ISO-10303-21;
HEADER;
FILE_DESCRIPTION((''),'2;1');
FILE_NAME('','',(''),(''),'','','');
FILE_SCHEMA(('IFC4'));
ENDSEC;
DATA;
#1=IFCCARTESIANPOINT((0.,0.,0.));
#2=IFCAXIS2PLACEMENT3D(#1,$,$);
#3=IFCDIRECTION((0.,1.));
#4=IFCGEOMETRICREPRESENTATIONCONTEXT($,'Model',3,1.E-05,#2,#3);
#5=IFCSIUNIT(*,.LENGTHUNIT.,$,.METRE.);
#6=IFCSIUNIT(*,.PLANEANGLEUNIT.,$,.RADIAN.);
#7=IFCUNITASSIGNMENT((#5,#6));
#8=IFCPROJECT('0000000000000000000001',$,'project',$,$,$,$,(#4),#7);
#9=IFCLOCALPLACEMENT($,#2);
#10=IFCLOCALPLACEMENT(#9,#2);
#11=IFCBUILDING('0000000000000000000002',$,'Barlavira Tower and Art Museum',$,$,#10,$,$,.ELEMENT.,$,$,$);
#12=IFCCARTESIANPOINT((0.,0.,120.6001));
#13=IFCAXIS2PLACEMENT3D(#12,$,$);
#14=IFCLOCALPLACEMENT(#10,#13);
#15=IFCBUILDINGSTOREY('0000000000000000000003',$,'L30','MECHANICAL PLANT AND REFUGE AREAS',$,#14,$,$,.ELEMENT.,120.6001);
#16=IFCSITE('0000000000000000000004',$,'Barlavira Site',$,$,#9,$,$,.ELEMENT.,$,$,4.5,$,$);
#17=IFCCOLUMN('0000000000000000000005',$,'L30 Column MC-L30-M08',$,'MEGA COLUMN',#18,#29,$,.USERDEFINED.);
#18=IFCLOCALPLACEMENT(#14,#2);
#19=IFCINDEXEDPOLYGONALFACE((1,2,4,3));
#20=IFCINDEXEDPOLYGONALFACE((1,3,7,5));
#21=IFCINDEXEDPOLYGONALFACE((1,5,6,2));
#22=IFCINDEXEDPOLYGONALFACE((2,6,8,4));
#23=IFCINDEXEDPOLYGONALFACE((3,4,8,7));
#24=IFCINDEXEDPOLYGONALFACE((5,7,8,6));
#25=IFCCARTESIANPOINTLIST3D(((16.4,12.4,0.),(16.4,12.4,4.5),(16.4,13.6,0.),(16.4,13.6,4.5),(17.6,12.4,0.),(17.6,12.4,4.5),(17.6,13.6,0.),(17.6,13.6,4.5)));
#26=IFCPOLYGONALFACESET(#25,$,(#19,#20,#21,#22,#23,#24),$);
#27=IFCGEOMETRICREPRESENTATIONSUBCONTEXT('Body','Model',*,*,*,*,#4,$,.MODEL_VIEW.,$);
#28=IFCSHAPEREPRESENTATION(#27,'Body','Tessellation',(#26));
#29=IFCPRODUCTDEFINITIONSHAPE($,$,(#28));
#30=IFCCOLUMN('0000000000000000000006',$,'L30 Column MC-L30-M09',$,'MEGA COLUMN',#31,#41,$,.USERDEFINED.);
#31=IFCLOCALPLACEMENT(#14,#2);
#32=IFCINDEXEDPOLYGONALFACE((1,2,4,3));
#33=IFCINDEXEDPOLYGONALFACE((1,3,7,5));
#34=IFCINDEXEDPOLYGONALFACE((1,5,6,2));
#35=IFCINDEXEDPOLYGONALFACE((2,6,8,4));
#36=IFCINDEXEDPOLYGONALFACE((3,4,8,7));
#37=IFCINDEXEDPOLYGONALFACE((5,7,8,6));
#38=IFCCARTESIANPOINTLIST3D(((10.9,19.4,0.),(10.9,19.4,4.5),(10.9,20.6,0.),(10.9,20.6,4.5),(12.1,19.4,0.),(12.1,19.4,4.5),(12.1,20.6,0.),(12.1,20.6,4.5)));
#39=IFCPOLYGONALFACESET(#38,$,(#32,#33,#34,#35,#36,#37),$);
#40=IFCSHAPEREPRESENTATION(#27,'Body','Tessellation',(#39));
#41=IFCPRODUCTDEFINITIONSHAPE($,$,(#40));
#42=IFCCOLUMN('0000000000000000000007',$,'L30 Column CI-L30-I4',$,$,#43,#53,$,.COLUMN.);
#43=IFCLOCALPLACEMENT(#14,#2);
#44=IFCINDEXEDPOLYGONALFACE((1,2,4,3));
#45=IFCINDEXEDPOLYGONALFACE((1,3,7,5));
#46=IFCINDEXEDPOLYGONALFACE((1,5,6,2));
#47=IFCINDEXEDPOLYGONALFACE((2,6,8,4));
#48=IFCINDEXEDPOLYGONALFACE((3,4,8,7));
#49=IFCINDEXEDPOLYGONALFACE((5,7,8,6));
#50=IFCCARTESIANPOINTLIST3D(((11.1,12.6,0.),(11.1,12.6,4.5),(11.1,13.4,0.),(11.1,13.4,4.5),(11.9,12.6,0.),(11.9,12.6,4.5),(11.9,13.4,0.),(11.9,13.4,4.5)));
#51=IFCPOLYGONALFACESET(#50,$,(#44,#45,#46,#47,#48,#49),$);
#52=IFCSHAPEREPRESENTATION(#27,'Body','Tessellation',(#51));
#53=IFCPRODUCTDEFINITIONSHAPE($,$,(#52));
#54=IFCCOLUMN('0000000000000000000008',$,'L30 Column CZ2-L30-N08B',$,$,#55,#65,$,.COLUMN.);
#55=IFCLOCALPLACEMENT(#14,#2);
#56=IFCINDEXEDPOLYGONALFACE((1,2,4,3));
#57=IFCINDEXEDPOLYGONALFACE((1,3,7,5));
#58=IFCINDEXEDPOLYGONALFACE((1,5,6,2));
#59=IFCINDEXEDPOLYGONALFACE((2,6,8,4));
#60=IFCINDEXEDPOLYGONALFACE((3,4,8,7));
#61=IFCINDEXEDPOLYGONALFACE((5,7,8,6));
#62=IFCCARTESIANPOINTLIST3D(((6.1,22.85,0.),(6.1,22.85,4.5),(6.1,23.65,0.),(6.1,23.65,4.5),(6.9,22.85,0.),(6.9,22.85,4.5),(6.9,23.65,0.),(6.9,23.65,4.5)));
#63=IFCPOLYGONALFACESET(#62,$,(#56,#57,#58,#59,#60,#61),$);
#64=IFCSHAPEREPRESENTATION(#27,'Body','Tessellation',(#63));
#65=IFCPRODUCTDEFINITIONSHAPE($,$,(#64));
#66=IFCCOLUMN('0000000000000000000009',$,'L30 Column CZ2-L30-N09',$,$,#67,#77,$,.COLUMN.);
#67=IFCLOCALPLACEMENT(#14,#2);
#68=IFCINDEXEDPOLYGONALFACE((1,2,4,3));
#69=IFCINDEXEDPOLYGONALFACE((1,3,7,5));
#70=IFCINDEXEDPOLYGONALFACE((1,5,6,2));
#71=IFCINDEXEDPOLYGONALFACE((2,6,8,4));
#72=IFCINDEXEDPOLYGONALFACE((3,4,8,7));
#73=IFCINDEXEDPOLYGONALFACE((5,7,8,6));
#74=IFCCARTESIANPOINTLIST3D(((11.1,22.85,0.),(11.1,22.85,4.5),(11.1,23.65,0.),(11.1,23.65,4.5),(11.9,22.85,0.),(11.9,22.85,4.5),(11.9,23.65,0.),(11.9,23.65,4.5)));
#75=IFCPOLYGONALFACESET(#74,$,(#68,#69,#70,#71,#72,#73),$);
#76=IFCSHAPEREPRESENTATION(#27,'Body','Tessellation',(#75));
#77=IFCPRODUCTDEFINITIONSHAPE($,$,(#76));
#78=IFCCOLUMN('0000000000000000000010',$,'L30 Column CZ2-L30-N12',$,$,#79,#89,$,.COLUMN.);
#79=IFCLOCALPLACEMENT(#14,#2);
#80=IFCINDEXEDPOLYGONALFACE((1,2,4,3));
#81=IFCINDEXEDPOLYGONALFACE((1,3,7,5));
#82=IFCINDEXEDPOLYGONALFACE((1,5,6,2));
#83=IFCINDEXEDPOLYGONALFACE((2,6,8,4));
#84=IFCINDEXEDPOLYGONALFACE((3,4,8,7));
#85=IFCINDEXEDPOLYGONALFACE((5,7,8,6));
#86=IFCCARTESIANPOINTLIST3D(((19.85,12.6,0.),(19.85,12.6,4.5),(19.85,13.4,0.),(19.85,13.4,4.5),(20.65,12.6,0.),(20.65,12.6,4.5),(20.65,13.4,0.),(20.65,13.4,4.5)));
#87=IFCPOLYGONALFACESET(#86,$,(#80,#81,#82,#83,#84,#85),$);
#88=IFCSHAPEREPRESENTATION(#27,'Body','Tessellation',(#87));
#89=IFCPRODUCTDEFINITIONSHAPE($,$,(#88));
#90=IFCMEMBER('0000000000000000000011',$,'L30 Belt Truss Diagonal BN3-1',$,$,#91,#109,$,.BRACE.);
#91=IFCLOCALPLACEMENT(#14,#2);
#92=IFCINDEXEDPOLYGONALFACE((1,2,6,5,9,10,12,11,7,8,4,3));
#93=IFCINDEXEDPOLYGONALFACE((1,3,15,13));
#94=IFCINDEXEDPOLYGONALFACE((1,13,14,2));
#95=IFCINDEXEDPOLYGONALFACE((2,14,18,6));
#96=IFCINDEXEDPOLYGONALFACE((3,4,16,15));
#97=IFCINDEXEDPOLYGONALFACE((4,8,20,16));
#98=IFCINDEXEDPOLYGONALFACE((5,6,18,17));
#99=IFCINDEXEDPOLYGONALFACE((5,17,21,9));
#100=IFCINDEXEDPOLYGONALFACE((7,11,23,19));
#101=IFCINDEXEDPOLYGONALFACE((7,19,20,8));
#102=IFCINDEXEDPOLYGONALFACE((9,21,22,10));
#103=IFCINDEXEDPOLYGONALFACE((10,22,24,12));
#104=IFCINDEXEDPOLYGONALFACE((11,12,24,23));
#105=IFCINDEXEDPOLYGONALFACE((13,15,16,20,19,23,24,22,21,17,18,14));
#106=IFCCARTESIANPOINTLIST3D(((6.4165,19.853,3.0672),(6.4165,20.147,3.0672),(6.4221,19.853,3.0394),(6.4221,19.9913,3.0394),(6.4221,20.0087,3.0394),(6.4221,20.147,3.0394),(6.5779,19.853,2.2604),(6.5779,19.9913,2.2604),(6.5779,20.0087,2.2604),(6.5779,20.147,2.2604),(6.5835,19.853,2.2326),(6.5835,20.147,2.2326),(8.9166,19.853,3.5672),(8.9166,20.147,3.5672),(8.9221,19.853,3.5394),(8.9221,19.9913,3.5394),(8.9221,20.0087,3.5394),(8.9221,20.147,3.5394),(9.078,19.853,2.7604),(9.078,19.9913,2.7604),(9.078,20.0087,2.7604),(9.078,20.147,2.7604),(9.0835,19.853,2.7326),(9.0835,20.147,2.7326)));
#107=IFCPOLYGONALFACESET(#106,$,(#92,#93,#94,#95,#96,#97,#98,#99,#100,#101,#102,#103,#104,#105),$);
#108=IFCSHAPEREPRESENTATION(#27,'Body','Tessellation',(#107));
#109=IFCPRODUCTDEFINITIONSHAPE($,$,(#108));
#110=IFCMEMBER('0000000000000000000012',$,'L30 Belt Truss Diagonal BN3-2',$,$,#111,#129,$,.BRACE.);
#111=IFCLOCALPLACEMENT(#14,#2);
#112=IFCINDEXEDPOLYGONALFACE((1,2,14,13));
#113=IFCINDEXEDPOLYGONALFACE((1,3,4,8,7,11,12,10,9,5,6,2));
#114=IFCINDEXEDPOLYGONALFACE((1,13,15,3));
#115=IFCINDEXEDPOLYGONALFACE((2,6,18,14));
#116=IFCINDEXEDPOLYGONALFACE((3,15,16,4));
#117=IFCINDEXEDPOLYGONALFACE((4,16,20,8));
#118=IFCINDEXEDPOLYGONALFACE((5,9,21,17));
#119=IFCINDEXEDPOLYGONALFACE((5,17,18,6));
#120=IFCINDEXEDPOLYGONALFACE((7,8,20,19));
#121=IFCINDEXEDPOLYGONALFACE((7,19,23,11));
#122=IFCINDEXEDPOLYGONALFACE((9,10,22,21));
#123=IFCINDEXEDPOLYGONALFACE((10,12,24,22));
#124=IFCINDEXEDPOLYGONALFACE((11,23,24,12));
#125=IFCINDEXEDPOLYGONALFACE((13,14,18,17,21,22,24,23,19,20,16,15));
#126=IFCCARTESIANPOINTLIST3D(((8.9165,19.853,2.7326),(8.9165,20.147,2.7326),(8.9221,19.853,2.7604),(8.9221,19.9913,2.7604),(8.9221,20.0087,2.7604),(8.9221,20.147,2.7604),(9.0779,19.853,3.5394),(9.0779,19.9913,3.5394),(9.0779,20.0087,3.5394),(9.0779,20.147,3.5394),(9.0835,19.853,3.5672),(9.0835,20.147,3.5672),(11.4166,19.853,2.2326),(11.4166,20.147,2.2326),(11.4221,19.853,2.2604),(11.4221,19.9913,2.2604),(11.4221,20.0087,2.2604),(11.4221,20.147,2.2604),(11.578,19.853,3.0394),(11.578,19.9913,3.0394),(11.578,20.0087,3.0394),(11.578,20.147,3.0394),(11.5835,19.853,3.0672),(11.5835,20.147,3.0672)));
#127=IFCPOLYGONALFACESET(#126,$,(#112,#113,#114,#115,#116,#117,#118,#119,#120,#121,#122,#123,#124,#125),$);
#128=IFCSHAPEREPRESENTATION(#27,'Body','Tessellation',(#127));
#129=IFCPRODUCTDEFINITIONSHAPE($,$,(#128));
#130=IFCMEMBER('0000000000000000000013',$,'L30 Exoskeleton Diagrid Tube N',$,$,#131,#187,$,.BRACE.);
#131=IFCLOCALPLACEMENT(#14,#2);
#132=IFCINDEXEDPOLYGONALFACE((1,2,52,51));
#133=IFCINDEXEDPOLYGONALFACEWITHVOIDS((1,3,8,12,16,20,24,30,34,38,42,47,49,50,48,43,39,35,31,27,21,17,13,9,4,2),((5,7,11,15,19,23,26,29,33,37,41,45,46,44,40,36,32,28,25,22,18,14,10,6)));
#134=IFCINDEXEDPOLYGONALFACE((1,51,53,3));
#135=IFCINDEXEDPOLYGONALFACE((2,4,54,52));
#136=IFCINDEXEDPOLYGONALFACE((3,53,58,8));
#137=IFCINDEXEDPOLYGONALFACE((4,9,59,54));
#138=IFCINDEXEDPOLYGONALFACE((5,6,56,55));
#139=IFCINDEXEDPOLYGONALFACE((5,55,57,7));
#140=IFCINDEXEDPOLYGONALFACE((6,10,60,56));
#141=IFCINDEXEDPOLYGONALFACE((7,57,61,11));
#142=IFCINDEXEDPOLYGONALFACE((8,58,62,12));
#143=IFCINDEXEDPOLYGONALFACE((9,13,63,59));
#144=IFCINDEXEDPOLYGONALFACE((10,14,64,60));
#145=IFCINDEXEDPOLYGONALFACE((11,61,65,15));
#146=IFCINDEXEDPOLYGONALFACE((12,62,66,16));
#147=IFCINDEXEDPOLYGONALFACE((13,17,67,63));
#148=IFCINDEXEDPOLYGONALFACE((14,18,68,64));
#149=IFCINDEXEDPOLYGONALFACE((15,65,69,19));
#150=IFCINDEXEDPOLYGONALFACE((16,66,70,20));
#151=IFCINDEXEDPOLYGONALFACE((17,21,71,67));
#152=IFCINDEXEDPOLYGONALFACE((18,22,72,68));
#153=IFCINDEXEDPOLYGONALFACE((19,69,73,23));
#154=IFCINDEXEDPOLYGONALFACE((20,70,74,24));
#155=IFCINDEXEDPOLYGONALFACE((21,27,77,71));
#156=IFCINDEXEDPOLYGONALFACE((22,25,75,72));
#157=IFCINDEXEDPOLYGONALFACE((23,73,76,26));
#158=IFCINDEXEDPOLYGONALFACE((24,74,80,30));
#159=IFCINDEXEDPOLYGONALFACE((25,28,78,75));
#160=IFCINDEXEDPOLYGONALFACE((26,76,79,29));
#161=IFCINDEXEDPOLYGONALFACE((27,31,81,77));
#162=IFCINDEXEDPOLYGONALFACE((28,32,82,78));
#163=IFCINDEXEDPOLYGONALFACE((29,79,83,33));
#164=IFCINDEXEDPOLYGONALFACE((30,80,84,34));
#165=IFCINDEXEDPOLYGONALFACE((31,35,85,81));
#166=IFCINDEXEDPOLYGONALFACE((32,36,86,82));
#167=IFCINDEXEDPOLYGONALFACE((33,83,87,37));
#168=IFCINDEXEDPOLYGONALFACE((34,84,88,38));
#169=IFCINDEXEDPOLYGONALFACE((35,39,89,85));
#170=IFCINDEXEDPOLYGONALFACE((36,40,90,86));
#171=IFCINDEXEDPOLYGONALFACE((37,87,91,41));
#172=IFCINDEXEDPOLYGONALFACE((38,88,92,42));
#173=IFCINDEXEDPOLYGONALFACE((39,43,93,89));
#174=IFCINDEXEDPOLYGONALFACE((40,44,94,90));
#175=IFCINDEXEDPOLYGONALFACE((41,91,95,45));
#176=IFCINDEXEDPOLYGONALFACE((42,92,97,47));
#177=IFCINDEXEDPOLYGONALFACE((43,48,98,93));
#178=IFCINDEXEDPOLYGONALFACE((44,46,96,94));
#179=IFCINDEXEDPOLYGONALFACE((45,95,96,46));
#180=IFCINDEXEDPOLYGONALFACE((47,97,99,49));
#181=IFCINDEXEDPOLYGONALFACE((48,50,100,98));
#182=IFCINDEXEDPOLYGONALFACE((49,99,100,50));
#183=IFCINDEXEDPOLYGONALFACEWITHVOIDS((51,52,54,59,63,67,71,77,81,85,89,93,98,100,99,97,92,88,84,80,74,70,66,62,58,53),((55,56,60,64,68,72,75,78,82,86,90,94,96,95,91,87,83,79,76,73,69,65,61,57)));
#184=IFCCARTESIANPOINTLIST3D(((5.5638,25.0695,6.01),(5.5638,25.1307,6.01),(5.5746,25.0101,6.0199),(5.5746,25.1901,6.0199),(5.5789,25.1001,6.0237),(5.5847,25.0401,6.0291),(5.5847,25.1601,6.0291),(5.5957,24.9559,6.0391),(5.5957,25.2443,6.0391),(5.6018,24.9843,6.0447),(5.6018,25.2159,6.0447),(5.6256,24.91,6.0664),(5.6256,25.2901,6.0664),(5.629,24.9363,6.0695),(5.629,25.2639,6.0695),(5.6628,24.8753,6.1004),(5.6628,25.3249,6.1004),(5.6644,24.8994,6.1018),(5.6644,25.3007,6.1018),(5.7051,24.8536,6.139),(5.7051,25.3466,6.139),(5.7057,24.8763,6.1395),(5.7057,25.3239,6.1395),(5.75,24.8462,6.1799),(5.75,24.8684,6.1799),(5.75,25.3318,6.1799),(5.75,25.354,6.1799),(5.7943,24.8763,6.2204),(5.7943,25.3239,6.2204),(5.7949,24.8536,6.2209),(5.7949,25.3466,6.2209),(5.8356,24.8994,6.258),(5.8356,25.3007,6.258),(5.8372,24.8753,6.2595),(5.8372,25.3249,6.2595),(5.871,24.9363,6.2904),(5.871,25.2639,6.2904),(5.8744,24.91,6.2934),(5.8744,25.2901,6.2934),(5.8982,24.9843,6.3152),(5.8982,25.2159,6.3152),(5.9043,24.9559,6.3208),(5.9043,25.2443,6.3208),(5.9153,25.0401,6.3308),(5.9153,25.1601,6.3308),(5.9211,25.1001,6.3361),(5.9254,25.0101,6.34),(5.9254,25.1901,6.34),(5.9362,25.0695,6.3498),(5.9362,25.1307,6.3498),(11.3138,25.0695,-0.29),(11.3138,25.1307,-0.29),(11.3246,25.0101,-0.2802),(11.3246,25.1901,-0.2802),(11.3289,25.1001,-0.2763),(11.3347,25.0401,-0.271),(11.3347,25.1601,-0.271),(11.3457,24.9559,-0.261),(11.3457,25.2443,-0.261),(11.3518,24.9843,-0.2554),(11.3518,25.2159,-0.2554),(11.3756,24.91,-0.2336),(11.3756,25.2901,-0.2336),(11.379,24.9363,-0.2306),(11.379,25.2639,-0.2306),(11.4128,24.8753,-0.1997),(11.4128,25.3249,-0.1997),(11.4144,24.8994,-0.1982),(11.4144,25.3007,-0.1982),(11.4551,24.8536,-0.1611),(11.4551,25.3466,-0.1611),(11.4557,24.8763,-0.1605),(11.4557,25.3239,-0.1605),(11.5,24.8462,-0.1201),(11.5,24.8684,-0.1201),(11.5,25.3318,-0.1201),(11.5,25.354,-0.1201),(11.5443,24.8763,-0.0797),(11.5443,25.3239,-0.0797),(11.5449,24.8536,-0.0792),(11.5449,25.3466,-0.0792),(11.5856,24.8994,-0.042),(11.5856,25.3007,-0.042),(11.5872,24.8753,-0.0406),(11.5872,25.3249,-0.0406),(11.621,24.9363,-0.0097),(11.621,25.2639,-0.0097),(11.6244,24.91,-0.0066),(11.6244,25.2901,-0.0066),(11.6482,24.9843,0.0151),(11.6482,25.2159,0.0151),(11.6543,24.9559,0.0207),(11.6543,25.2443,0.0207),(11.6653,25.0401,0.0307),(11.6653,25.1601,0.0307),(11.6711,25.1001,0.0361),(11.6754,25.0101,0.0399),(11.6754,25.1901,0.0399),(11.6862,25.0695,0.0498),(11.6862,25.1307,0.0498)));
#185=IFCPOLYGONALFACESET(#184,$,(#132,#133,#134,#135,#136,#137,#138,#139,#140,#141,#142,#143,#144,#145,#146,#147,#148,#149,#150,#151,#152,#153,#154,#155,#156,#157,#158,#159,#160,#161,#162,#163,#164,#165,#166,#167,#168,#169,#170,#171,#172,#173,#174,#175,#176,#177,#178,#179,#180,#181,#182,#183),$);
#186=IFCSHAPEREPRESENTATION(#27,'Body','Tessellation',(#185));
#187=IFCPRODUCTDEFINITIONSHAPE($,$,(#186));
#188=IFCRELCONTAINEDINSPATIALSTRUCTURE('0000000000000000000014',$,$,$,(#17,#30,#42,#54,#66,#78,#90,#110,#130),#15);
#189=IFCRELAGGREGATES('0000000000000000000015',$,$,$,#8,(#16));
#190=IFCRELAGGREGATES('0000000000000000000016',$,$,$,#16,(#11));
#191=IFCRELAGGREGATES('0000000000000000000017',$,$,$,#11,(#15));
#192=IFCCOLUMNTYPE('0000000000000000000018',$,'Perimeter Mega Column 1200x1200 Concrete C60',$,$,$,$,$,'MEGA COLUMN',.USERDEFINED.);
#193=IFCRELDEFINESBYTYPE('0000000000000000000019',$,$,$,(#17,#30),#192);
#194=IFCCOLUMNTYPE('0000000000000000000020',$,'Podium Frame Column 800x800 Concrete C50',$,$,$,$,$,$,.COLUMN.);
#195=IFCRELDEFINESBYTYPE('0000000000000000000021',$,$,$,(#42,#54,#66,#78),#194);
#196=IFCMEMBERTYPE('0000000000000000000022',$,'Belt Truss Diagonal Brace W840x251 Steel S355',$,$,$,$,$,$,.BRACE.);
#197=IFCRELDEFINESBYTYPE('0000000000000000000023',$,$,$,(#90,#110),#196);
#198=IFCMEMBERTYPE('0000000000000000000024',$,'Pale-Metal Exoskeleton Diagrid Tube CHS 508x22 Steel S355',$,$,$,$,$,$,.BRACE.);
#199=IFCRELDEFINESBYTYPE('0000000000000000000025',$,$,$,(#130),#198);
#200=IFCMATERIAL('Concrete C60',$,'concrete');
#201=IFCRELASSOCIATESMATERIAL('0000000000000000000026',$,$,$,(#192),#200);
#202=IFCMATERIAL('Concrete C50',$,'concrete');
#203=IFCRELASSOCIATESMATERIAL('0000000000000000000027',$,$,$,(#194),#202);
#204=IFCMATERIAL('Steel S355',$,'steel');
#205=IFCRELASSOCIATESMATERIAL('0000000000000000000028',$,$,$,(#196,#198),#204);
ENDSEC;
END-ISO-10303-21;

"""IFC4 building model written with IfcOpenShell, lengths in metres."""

from ifc_helpers import new_model, si_unit, direction, frame, origin, origin_2d, place, context, subcontext, project, spatial, rectangle, hollow_circle, i_section, extrude, material, material_profile, profile_set, type_object, element, save


model = new_model("IFC4")

# Units and contexts
model_context = context("Model", 3, precision=1e-05, world=origin(), true_north=direction((0.0, 1.0)))
body_context = subcontext(model_context, "Body", "Model", "MODEL_VIEW")
ifc_project = project(units=[si_unit("LENGTHUNIT", "METRE"), si_unit("PLANEANGLEUNIT", "RADIAN")], contexts=[model_context])

# Site, building, storey
site_placement = place(None, origin())
site = spatial("IfcSite", under=ifc_project, at=site_placement, Name="Barlavira Site", CompositionType="ELEMENT", RefElevation=4.5)
building_placement = place(site_placement, origin())
building = spatial("IfcBuilding", under=site, at=building_placement, Name="Barlavira Tower and Art Museum", CompositionType="ELEMENT")
storey_placement = place(building_placement, frame((0.0, 0.0, 120.6001)))
storey = spatial("IfcBuildingStorey", under=building, at=storey_placement, Name="L30", Description="MECHANICAL PLANT AND REFUGE AREAS", CompositionType="ELEMENT", Elevation=120.6001)

# Columns
ifc_material_1 = material(Name="Concrete C60", Category="concrete")
ifc_material_profile_1 = material_profile(ifc_material_1, rectangle(XDim=1.2, YDim=1.2, at=origin_2d()), Name="RC-COL 1200x1200")
ifc_profile_set_1 = profile_set([ifc_material_profile_1], Name="Concrete C60")
column_type_1 = type_object("IfcColumnType", Name="Perimeter Mega Column 1200x1200 Concrete C60", ElementType="MEGA COLUMN", PredefinedType="USERDEFINED", material=ifc_profile_set_1)
for number, where, z_axis, x_axis, name in (
    (1, (17.0, 13.0, 0.0), (0.0, 0.0, 1.0), (1.0, 0.0, 0.0), "L30 Column MC-L30-M08"),
    (2, (11.5, 20.0, 0.0), (0.0, 0.0, 1.0), (1.0, 0.0, 0.0), "L30 Column MC-L30-M09"),
):
    element("IfcColumn", number, at=place(storey_placement, frame(where, z_axis=z_axis, x_axis=x_axis)), inside=storey, type_object=column_type_1, Name=name, ObjectType="MEGA COLUMN", PredefinedType="USERDEFINED", context=body_context, shape_type="SweptSolid", body=[
        extrude(rectangle(XDim=1.2, YDim=1.2, at=origin_2d()), origin(), (0.0, 0.0, 1.0), 4.5),
    ])
ifc_material_2 = material(Name="Concrete C50", Category="concrete")
ifc_material_profile_2 = material_profile(ifc_material_2, rectangle(XDim=0.8, YDim=0.8, at=origin_2d()), Name="RC-COL 800x800")
ifc_profile_set_2 = profile_set([ifc_material_profile_2], Name="Concrete C50")
column_type_2 = type_object("IfcColumnType", Name="Podium Frame Column 800x800 Concrete C50", PredefinedType="COLUMN", material=ifc_profile_set_2)
for number, where, z_axis, x_axis, name in (
    (3, (11.5, 13.0, 0.0), (0.0, 0.0, 1.0), (1.0, 0.0, 0.0), "L30 Column CI-L30-I4"),
    (4, (6.5, 23.25, 0.0), (0.0, 0.0, 1.0), (1.0, 0.0, 0.0), "L30 Column CZ2-L30-N08B"),
    (5, (11.5, 23.25, 0.0), (0.0, 0.0, 1.0), (1.0, 0.0, 0.0), "L30 Column CZ2-L30-N09"),
    (6, (20.25, 13.0, 0.0), (0.0, 0.0, 1.0), (1.0, 0.0, 0.0), "L30 Column CZ2-L30-N12"),
):
    element("IfcColumn", number, at=place(storey_placement, frame(where, z_axis=z_axis, x_axis=x_axis)), inside=storey, type_object=column_type_2, Name=name, PredefinedType="COLUMN", context=body_context, shape_type="SweptSolid", body=[
        extrude(rectangle(XDim=0.8, YDim=0.8, at=origin_2d()), origin(), (0.0, 0.0, 1.0), 4.5),
    ])

# Members
ifc_material_3 = material(Name="Steel S355", Category="steel")
ifc_material_profile_3 = material_profile(ifc_material_3, i_section(OverallWidth=0.2939, OverallDepth=0.8511, WebThickness=0.0173, FlangeThickness=0.0283, at=origin_2d()), Name="W840x251.0")
ifc_profile_set_3 = profile_set([ifc_material_profile_3], Name="Steel S355")
member_type_1 = type_object("IfcMemberType", Name="Belt Truss Diagonal Brace W840x251 Steel S355", PredefinedType="BRACE", material=ifc_profile_set_3)
for number, where, z_axis, x_axis, name in (
    (7, (6.5, 20.0, 2.6499), (0.980581, 0.0, 0.196116), (0.0, 1.0, 0.0), "L30 Belt Truss Diagonal BN3-1"),
    (8, (9.0, 20.0, 3.1499), (0.980581, 0.0, -0.196116), (0.0, 1.0, 0.0), "L30 Belt Truss Diagonal BN3-2"),
):
    element("IfcMember", number, at=place(storey_placement, frame(where, z_axis=z_axis, x_axis=x_axis)), inside=storey, type_object=member_type_1, Name=name, PredefinedType="BRACE", context=body_context, shape_type="SweptSolid", body=[
        extrude(i_section(OverallWidth=0.2939, OverallDepth=0.8511, WebThickness=0.0173, FlangeThickness=0.0283, at=origin_2d()), origin(), (0.0, 0.0, 1.0), 2.5496),
    ])
ifc_material_profile_4 = material_profile(ifc_material_3, hollow_circle(Radius=0.2539, WallThickness=0.0222, at=origin_2d()), Name="CHS 508.0x22.2")
ifc_profile_set_4 = profile_set([ifc_material_profile_4], Name="Steel S355")
member_type_2 = type_object("IfcMemberType", Name="Pale-Metal Exoskeleton Diagrid Tube CHS 508x22 Steel S355", PredefinedType="BRACE", material=ifc_profile_set_4)
member_1_placement = place(storey_placement, frame((11.5, 25.1001, -0.1201), z_axis=(-0.674128, 0.0, 0.738615), x_axis=(0.0, -1.0, 0.0)))
element("IfcMember", 9, at=member_1_placement, inside=storey, type_object=member_type_2, Name="L30 Exoskeleton Diagrid Tube N", PredefinedType="BRACE", context=body_context, shape_type="SweptSolid", body=[
    extrude(hollow_circle(Radius=0.2539, WallThickness=0.0222, at=origin_2d()), origin(), (0.0, 0.0, 1.0), 8.5295),
])

save(model, "model.ifc")
